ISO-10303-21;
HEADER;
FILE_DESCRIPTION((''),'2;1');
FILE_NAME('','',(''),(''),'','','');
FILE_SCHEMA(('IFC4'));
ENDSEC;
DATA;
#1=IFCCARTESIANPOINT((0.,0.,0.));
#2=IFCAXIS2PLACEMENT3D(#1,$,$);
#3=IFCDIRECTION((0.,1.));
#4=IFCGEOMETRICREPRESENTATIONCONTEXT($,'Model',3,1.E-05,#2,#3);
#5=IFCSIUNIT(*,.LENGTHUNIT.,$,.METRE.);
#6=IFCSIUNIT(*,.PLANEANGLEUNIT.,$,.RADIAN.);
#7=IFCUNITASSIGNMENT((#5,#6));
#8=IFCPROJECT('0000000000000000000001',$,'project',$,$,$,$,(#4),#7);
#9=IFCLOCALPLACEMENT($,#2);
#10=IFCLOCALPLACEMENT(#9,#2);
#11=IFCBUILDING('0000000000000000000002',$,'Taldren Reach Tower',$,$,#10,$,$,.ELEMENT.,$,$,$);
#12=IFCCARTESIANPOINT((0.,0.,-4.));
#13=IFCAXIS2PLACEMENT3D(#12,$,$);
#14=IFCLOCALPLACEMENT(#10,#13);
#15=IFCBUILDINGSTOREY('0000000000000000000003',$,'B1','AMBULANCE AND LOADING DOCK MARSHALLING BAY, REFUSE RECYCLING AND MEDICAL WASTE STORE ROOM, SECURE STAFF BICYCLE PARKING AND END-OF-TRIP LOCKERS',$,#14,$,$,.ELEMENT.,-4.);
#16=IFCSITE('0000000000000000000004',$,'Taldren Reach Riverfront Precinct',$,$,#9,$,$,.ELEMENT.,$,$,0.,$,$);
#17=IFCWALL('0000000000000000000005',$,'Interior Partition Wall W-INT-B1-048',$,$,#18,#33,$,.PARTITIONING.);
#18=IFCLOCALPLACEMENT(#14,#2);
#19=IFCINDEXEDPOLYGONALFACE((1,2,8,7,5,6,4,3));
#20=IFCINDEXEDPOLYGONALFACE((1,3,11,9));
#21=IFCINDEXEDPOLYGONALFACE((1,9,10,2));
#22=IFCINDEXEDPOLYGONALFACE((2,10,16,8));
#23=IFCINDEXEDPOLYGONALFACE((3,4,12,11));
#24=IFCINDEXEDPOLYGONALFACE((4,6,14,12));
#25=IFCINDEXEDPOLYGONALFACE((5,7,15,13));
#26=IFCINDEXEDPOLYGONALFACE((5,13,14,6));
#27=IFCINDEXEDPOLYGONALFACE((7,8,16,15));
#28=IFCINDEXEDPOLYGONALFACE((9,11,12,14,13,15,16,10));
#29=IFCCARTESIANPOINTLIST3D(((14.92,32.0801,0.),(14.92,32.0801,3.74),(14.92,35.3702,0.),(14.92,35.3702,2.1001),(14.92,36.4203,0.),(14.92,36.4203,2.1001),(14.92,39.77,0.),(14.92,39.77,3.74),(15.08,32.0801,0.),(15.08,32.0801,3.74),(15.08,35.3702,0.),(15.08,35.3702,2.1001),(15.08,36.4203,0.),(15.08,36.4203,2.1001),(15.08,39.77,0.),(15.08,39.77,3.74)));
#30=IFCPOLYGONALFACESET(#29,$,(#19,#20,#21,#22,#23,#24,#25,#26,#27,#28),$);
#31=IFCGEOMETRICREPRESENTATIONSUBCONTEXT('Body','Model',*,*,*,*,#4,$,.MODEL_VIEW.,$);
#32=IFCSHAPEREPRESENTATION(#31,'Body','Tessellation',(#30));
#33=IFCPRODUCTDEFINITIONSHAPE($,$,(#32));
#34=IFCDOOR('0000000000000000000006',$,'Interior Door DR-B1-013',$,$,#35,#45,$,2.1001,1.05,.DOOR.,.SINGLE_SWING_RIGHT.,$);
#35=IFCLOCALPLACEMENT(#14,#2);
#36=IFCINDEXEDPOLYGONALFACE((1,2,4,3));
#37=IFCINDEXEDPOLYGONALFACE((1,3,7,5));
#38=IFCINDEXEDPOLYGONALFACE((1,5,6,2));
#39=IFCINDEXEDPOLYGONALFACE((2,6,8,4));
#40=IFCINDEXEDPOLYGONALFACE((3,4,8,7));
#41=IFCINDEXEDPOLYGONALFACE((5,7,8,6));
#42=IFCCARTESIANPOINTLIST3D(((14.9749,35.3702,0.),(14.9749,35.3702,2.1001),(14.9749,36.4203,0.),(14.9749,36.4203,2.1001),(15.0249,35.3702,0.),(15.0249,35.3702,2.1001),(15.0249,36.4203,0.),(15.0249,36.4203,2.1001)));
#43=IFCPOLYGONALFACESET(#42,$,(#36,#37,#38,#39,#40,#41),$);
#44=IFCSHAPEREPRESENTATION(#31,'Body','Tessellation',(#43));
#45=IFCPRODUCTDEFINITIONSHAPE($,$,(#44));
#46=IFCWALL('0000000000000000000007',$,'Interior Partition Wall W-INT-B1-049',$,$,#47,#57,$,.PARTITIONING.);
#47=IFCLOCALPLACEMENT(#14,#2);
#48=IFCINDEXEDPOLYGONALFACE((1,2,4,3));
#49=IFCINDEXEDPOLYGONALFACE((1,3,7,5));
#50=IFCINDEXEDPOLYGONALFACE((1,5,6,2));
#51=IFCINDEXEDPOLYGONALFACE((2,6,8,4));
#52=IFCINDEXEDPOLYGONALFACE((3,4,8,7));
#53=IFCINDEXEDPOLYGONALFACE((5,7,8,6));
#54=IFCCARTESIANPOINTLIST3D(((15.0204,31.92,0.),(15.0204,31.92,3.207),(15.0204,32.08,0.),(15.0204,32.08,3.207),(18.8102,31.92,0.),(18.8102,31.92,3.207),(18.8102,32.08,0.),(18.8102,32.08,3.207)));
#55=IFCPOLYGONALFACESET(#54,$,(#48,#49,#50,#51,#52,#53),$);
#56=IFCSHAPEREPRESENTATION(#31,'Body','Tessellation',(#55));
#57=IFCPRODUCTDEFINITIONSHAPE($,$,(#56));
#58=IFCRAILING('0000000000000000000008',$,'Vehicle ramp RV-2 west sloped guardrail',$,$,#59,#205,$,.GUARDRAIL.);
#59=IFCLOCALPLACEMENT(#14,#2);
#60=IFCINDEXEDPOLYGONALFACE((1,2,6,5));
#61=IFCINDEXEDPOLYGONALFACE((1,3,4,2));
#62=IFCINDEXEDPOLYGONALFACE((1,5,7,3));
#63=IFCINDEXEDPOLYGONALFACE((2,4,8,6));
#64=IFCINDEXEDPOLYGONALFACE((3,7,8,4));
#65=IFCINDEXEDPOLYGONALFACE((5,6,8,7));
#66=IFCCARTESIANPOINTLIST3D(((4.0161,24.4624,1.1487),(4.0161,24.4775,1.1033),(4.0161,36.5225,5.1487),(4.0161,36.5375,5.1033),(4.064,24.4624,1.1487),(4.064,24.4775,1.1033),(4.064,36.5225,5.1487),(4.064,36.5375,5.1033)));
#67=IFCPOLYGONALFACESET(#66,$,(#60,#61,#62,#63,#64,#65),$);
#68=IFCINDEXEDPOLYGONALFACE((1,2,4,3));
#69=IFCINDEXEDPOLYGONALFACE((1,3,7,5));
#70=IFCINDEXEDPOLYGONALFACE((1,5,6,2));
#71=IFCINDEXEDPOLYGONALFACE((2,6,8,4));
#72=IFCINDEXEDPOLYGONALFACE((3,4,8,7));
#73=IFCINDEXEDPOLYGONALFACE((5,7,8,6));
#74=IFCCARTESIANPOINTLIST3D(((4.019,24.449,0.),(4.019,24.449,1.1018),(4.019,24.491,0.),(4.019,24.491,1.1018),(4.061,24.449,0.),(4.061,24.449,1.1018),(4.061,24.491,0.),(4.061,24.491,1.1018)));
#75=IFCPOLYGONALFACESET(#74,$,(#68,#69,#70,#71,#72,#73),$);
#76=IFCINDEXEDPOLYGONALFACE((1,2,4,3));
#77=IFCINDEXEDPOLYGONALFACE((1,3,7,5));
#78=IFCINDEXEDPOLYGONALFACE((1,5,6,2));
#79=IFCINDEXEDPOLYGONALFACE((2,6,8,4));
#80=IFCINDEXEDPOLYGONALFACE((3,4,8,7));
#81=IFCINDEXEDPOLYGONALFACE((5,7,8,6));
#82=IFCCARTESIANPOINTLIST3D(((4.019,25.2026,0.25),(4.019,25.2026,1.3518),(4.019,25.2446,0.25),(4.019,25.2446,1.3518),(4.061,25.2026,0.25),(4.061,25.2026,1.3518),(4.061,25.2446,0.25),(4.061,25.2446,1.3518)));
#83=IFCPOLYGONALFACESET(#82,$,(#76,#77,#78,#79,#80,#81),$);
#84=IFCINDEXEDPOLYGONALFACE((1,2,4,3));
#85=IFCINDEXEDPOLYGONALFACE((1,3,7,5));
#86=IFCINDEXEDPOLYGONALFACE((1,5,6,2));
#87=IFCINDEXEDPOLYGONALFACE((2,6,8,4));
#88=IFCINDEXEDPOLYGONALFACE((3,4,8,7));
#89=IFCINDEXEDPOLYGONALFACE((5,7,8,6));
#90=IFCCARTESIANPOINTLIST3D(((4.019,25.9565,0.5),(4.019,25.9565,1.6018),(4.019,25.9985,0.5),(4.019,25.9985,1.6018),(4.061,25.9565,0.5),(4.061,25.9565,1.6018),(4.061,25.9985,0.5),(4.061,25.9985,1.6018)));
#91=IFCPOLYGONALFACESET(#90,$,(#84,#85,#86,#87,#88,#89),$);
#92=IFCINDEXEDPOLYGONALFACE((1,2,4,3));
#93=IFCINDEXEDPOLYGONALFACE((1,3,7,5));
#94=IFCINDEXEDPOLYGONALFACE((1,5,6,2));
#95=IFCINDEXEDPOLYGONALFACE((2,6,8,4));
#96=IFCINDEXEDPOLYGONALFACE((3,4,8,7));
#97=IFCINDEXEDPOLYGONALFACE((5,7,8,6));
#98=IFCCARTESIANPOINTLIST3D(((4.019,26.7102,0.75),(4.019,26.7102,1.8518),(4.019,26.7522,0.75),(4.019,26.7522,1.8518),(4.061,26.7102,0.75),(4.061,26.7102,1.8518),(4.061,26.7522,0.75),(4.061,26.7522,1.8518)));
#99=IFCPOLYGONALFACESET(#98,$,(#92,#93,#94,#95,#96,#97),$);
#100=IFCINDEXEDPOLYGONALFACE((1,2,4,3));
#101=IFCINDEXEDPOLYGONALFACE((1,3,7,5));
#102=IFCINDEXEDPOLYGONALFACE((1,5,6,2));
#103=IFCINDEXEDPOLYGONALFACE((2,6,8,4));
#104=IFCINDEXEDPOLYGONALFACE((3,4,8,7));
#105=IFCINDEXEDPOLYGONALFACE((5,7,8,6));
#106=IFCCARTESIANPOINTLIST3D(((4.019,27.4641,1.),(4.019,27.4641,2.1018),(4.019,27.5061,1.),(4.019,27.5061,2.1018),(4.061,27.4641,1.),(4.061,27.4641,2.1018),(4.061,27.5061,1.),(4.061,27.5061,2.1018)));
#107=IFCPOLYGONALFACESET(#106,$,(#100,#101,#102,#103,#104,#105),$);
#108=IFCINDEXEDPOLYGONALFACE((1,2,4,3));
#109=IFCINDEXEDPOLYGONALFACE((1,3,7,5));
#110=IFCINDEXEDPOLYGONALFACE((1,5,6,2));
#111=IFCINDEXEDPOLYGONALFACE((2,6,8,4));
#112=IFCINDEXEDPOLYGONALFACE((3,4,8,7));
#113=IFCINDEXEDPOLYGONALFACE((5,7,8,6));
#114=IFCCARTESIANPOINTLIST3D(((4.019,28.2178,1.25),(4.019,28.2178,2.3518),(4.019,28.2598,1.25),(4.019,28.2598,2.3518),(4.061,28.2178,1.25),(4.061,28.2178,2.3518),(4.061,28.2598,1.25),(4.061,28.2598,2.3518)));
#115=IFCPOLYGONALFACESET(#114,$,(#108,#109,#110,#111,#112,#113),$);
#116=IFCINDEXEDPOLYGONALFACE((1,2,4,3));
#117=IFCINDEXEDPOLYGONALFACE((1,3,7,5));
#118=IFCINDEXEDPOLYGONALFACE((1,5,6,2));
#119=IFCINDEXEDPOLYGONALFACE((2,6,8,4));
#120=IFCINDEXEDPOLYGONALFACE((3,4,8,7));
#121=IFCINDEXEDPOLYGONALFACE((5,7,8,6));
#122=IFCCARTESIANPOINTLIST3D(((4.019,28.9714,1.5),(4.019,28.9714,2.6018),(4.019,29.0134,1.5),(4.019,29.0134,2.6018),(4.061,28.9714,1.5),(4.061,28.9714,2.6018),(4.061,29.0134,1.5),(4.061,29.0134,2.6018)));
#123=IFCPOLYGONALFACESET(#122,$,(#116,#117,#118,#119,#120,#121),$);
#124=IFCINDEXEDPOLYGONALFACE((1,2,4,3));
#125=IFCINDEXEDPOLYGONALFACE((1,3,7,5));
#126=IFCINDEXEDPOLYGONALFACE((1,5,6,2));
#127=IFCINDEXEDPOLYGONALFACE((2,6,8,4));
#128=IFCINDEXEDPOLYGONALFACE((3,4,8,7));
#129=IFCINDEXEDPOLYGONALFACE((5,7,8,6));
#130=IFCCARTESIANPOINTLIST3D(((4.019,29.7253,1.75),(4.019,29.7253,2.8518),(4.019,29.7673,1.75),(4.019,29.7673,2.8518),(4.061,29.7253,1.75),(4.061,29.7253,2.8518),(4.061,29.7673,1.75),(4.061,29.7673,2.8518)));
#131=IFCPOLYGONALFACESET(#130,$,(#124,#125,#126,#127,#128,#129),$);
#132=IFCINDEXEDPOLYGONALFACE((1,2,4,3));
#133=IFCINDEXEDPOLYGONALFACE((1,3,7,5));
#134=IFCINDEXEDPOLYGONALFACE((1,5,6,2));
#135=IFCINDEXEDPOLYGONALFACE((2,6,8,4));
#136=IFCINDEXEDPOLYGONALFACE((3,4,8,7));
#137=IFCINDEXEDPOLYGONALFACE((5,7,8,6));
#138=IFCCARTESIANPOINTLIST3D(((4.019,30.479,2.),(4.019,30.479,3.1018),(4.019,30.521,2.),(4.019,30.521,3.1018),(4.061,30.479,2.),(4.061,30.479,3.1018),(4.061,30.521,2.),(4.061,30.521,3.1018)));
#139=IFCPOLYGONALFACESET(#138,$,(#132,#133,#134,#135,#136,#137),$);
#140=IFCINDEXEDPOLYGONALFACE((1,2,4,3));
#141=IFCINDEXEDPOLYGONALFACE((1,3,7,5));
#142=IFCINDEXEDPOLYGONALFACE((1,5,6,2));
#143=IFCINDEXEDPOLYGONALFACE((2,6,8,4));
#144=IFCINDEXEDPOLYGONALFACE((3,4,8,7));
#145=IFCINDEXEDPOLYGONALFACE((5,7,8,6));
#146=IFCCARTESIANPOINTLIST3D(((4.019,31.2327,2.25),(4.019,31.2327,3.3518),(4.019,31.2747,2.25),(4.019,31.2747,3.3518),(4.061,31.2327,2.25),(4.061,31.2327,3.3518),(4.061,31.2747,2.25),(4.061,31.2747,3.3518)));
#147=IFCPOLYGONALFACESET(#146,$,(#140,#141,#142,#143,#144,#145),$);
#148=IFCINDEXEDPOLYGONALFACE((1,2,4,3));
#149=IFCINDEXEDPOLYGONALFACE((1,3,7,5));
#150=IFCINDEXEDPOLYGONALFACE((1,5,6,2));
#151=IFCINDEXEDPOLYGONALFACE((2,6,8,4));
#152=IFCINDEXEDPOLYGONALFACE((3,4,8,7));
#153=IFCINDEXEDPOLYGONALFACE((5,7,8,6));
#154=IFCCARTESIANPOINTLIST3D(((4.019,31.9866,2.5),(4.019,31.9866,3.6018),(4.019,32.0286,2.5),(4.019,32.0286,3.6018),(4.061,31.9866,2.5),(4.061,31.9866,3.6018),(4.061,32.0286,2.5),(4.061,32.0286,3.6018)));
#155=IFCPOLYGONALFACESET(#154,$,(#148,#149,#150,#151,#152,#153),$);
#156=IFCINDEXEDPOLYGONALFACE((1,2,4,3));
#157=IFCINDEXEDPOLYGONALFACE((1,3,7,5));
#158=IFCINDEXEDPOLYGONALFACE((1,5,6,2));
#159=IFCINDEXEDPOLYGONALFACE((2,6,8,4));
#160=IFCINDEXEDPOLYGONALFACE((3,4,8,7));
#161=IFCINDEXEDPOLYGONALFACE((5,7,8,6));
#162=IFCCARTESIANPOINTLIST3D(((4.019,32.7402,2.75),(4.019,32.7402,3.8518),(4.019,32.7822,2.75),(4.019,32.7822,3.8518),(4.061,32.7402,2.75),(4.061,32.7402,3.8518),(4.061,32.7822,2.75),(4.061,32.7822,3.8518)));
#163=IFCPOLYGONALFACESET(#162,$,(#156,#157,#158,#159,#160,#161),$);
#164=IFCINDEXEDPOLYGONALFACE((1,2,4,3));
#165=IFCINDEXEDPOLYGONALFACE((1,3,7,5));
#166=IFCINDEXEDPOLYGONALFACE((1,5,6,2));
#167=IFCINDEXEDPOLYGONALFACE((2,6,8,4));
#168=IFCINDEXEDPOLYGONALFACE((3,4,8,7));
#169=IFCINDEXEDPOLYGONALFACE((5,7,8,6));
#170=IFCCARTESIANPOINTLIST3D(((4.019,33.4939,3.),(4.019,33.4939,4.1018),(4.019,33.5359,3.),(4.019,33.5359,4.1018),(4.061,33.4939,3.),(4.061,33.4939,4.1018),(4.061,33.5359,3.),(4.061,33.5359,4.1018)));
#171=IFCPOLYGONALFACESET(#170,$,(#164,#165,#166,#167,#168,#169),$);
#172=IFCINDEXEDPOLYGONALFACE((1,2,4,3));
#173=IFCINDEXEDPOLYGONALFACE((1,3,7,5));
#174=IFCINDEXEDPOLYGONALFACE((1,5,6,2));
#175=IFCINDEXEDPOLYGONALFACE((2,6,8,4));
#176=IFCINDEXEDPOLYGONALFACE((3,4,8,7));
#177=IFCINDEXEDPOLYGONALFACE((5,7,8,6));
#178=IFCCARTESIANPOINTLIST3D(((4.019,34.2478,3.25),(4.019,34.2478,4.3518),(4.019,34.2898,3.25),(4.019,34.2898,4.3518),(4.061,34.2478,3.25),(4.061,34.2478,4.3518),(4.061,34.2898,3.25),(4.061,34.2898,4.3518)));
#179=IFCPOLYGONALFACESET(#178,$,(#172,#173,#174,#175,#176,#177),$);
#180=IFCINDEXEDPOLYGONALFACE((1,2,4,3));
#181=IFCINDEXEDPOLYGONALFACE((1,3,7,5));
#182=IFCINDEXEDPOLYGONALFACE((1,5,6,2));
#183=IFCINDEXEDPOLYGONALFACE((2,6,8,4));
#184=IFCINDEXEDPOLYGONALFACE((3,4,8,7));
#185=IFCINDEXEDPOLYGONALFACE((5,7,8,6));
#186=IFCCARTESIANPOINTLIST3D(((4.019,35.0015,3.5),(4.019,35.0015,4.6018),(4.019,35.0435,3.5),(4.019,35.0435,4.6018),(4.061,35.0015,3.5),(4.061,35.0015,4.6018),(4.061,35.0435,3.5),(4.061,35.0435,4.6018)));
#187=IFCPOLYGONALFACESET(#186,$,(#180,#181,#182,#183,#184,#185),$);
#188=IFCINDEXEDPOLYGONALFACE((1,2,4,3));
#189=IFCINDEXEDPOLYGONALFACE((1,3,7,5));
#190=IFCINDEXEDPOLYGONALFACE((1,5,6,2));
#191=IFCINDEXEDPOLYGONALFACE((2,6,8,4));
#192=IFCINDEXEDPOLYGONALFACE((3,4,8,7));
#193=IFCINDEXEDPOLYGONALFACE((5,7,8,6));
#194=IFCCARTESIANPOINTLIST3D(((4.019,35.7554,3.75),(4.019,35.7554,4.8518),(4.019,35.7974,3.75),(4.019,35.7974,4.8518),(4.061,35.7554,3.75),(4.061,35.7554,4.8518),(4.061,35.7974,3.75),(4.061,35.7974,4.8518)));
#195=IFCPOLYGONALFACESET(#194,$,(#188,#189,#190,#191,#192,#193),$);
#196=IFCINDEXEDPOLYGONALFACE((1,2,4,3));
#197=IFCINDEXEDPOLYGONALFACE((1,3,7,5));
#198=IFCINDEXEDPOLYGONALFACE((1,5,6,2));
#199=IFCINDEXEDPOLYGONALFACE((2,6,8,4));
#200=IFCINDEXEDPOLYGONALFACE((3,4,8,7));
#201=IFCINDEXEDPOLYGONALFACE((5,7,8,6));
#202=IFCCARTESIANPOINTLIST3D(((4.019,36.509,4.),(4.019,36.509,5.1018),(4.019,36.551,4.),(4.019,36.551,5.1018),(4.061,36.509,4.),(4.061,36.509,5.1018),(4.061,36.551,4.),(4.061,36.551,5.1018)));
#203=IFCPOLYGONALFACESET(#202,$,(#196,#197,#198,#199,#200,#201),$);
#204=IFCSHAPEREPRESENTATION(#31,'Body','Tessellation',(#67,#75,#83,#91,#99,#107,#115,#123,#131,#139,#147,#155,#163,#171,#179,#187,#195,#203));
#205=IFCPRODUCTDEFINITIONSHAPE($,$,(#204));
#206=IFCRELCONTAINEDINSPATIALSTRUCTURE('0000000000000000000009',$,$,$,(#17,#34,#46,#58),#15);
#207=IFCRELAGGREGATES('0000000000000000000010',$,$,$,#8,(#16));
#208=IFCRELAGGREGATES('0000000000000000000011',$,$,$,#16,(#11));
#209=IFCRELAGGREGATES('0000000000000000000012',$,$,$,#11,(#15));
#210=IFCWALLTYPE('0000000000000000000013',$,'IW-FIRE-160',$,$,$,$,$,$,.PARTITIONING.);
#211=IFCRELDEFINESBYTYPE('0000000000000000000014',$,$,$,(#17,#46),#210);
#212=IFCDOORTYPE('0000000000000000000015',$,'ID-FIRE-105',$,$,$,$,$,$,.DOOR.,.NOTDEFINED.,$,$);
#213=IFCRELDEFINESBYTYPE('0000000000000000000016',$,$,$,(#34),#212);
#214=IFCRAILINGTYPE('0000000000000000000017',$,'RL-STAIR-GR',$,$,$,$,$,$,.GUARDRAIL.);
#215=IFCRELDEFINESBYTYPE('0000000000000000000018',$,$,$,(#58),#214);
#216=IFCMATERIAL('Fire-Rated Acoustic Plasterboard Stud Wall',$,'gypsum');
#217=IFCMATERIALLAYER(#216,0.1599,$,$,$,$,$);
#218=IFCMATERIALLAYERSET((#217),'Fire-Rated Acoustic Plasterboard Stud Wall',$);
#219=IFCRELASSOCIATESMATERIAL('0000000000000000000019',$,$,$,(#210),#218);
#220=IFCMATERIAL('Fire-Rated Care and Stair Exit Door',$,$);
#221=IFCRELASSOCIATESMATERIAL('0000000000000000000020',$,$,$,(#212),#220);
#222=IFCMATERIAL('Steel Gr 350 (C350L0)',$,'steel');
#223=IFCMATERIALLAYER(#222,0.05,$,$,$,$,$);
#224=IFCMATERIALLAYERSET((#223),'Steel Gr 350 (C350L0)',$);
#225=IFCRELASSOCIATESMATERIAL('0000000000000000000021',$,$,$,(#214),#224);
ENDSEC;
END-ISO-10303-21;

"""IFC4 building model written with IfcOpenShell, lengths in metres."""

from ifc_helpers import new_model, si_unit, direction, frame, frame_2d, origin, origin_2d, place, context, subcontext, project, spatial, rectangle, extrude, source, transform, mapped, material, layer, layer_set, type_object, element, fill, save


model = new_model("IFC4")

# Units and contexts
model_context = context("Model", 3, precision=1e-05, world=origin(), true_north=direction((0.0, 1.0)))
body_context = subcontext(model_context, "Body", "Model", "MODEL_VIEW")
ifc_project = project(units=[si_unit("LENGTHUNIT", "METRE"), si_unit("PLANEANGLEUNIT", "RADIAN")], contexts=[model_context])

# Site, building, storey
site_placement = place(None, origin())
site = spatial("IfcSite", under=ifc_project, at=site_placement, Name="Taldren Reach Riverfront Precinct", CompositionType="ELEMENT", RefElevation=0.0)
building_placement = place(site_placement, origin())
building = spatial("IfcBuilding", under=site, at=building_placement, Name="Taldren Reach Tower", CompositionType="ELEMENT")
storey_placement = place(building_placement, frame((0.0, 0.0, -4.0)))
storey = spatial("IfcBuildingStorey", under=building, at=storey_placement, Name="B1", Description="AMBULANCE AND LOADING DOCK MARSHALLING BAY, REFUSE RECYCLING AND MEDICAL WASTE STORE ROOM, SECURE STAFF BICYCLE PARKING AND END-OF-TRIP LOCKERS", CompositionType="ELEMENT", Elevation=-4.0)

# Shared definitions
ifc_material_1 = material(Name="Steel Gr 350 (C350L0)", Category="steel")

# Shared definitions
ifc_material_2 = material(Name="Fire-Rated Acoustic Plasterboard Stud Wall", Category="gypsum")
ifc_layer_1 = layer(ifc_material_2, 0.1599)
ifc_layer_set_1 = layer_set([ifc_layer_1], Name="Fire-Rated Acoustic Plasterboard Stud Wall")
wall_type_1 = type_object("IfcWallType", Name="IW-FIRE-160", PredefinedType="PARTITIONING", material=ifc_layer_set_1)

# Wall, opening, door
shared_shape_1 = source(origin(), body_context, "Body", "SweptSolid", [
    extrude(rectangle(XDim=7.6899, YDim=0.1599, at=frame_2d((3.845, 0.0))), origin(), (0.0, 0.0, 1.0), 3.74),
])
wall_1_placement = place(storey_placement, frame((15.0, 39.77, 0.0), z_axis=(0.0, 0.0, 1.0), x_axis=(0.0, -1.0, 0.0)))
wall_1 = element("IfcWall", 1, at=wall_1_placement, inside=storey, type_object=wall_type_1, Name="Interior Partition Wall W-INT-B1-048", PredefinedType="PARTITIONING", context=body_context, shape_type="MappedRepresentation", body=[
    mapped(shared_shape_1, transform((0.0, 0.0, 0.0), scale=1.0)),
])
shared_shape_2 = source(origin(), body_context, "Body", "SweptSolid", [
    extrude(rectangle(XDim=1.05, YDim=2.1001, at=frame_2d((0.5249, 1.05))), frame((0.0, 0.0898, 0.0), z_axis=(0.0, -1.0, 0.0), x_axis=(1.0, 0.0, 0.0)), (0.0, 0.0, 1.0), 0.1799),
])
opening_placement = place(wall_1_placement, frame((3.3499, 0.0, 0.0)))
opening = element("IfcOpeningElement", 2, at=opening_placement, cuts=wall_1, PredefinedType="OPENING", context=body_context, shape_type="MappedRepresentation", body=[
    mapped(shared_shape_2, transform((0.0, 0.0, 0.0), scale=1.0)),
])
ifc_material_3 = material(Name="Fire-Rated Care and Stair Exit Door")
door_type = type_object("IfcDoorType", Name="ID-FIRE-105", OperationType="NOTDEFINED", PredefinedType="DOOR", material=ifc_material_3)
shared_shape_3 = source(origin(), body_context, "Body", "SweptSolid", [
    extrude(rectangle(XDim=1.05, YDim=2.1001, at=frame_2d((0.5249, 1.05))), frame((0.0, 0.0249, 0.0), z_axis=(0.0, -1.0, 0.0), x_axis=(1.0, 0.0, 0.0)), (0.0, 0.0, 1.0), 0.05),
])
door_placement = place(opening_placement, origin())
door = element("IfcDoor", 3, at=door_placement, inside=storey, type_object=door_type, Name="Interior Door DR-B1-013", OperationType="SINGLE_SWING_RIGHT", OverallHeight=2.1001, OverallWidth=1.05, PredefinedType="DOOR", context=body_context, shape_type="MappedRepresentation", body=[
    mapped(shared_shape_3, transform((0.0, 0.0, 0.0), scale=1.0)),
])
fill(opening, door)

# Wall
shared_shape_4 = source(origin(), body_context, "Body", "SweptSolid", [
    extrude(rectangle(XDim=3.7898, YDim=0.1599, at=frame_2d((1.895, 0.0))), origin(), (0.0, 0.0, 1.0), 3.207),
])
wall_2_placement = place(storey_placement, frame((15.0203, 32.0, 0.0), z_axis=(0.0, 0.0, 1.0), x_axis=(1.0, 0.0, 0.0)))
element("IfcWall", 4, at=wall_2_placement, inside=storey, type_object=wall_type_1, Name="Interior Partition Wall W-INT-B1-049", PredefinedType="PARTITIONING", context=body_context, shape_type="MappedRepresentation", body=[
    mapped(shared_shape_4, transform((0.0, 0.0, 0.0), scale=1.0)),
])

# Railing
ifc_layer_2 = layer(ifc_material_1, 0.05)
ifc_layer_set_2 = layer_set([ifc_layer_2], Name="Steel Gr 350 (C350L0)")
railing_type = type_object("IfcRailingType", Name="RL-STAIR-GR", PredefinedType="GUARDRAIL", material=ifc_layer_set_2)
railing_1_placement = place(storey_placement, frame((4.04, 24.47, 0.0)))
element("IfcRailing", 5, at=railing_1_placement, inside=storey, type_object=railing_type, Name="Vehicle ramp RV-2 west sloped guardrail", PredefinedType="GUARDRAIL", context=body_context, shape_type="SweptSolid", body=[
    extrude(rectangle(XDim=0.0479, YDim=0.0479, at=origin_2d()), frame((0.0, 0.0, 1.126), z_axis=(0.0, 0.949155, 0.314809), x_axis=(-1.0, 0.0, 0.0)), (0.0, 0.0, 1.0), 12.7061),
    extrude(rectangle(XDim=0.042, YDim=0.042, at=origin_2d()), origin(), (0.0, 0.0, 1.0), 1.1018),
    extrude(rectangle(XDim=0.042, YDim=0.042, at=origin_2d()), frame((0.0, 0.7537, 0.25)), (0.0, 0.0, 1.0), 1.1018),
    extrude(rectangle(XDim=0.042, YDim=0.042, at=origin_2d()), frame((0.0, 1.5076, 0.5)), (0.0, 0.0, 1.0), 1.1018),
    extrude(rectangle(XDim=0.042, YDim=0.042, at=origin_2d()), frame((0.0, 2.2612, 0.75)), (0.0, 0.0, 1.0), 1.1018),
    extrude(rectangle(XDim=0.042, YDim=0.042, at=origin_2d()), frame((0.0, 3.0151, 1.0)), (0.0, 0.0, 1.0), 1.1018),
    extrude(rectangle(XDim=0.042, YDim=0.042, at=origin_2d()), frame((0.0, 3.7688, 1.25)), (0.0, 0.0, 1.0), 1.1018),
    extrude(rectangle(XDim=0.042, YDim=0.042, at=origin_2d()), frame((0.0, 4.5225, 1.5)), (0.0, 0.0, 1.0), 1.1018),
    extrude(rectangle(XDim=0.042, YDim=0.042, at=origin_2d()), frame((0.0, 5.2764, 1.75)), (0.0, 0.0, 1.0), 1.1018),
    extrude(rectangle(XDim=0.042, YDim=0.042, at=origin_2d()), frame((0.0, 6.03, 2.0)), (0.0, 0.0, 1.0), 1.1018),
    extrude(rectangle(XDim=0.042, YDim=0.042, at=origin_2d()), frame((0.0, 6.7837, 2.25)), (0.0, 0.0, 1.0), 1.1018),
    extrude(rectangle(XDim=0.042, YDim=0.042, at=origin_2d()), frame((0.0, 7.5376, 2.5)), (0.0, 0.0, 1.0), 1.1018),
    extrude(rectangle(XDim=0.042, YDim=0.042, at=origin_2d()), frame((0.0, 8.2913, 2.75)), (0.0, 0.0, 1.0), 1.1018),
    extrude(rectangle(XDim=0.042, YDim=0.042, at=origin_2d()), frame((0.0, 9.0449, 3.0)), (0.0, 0.0, 1.0), 1.1018),
    extrude(rectangle(XDim=0.042, YDim=0.042, at=origin_2d()), frame((0.0, 9.7988, 3.25)), (0.0, 0.0, 1.0), 1.1018),
    extrude(rectangle(XDim=0.042, YDim=0.042, at=origin_2d()), frame((0.0, 10.5525, 3.5)), (0.0, 0.0, 1.0), 1.1018),
    extrude(rectangle(XDim=0.042, YDim=0.042, at=origin_2d()), frame((0.0, 11.3064, 3.75)), (0.0, 0.0, 1.0), 1.1018),
    extrude(rectangle(XDim=0.042, YDim=0.042, at=origin_2d()), frame((0.0, 12.0601, 4.0)), (0.0, 0.0, 1.0), 1.1018),
])

save(model, "model.ifc")
